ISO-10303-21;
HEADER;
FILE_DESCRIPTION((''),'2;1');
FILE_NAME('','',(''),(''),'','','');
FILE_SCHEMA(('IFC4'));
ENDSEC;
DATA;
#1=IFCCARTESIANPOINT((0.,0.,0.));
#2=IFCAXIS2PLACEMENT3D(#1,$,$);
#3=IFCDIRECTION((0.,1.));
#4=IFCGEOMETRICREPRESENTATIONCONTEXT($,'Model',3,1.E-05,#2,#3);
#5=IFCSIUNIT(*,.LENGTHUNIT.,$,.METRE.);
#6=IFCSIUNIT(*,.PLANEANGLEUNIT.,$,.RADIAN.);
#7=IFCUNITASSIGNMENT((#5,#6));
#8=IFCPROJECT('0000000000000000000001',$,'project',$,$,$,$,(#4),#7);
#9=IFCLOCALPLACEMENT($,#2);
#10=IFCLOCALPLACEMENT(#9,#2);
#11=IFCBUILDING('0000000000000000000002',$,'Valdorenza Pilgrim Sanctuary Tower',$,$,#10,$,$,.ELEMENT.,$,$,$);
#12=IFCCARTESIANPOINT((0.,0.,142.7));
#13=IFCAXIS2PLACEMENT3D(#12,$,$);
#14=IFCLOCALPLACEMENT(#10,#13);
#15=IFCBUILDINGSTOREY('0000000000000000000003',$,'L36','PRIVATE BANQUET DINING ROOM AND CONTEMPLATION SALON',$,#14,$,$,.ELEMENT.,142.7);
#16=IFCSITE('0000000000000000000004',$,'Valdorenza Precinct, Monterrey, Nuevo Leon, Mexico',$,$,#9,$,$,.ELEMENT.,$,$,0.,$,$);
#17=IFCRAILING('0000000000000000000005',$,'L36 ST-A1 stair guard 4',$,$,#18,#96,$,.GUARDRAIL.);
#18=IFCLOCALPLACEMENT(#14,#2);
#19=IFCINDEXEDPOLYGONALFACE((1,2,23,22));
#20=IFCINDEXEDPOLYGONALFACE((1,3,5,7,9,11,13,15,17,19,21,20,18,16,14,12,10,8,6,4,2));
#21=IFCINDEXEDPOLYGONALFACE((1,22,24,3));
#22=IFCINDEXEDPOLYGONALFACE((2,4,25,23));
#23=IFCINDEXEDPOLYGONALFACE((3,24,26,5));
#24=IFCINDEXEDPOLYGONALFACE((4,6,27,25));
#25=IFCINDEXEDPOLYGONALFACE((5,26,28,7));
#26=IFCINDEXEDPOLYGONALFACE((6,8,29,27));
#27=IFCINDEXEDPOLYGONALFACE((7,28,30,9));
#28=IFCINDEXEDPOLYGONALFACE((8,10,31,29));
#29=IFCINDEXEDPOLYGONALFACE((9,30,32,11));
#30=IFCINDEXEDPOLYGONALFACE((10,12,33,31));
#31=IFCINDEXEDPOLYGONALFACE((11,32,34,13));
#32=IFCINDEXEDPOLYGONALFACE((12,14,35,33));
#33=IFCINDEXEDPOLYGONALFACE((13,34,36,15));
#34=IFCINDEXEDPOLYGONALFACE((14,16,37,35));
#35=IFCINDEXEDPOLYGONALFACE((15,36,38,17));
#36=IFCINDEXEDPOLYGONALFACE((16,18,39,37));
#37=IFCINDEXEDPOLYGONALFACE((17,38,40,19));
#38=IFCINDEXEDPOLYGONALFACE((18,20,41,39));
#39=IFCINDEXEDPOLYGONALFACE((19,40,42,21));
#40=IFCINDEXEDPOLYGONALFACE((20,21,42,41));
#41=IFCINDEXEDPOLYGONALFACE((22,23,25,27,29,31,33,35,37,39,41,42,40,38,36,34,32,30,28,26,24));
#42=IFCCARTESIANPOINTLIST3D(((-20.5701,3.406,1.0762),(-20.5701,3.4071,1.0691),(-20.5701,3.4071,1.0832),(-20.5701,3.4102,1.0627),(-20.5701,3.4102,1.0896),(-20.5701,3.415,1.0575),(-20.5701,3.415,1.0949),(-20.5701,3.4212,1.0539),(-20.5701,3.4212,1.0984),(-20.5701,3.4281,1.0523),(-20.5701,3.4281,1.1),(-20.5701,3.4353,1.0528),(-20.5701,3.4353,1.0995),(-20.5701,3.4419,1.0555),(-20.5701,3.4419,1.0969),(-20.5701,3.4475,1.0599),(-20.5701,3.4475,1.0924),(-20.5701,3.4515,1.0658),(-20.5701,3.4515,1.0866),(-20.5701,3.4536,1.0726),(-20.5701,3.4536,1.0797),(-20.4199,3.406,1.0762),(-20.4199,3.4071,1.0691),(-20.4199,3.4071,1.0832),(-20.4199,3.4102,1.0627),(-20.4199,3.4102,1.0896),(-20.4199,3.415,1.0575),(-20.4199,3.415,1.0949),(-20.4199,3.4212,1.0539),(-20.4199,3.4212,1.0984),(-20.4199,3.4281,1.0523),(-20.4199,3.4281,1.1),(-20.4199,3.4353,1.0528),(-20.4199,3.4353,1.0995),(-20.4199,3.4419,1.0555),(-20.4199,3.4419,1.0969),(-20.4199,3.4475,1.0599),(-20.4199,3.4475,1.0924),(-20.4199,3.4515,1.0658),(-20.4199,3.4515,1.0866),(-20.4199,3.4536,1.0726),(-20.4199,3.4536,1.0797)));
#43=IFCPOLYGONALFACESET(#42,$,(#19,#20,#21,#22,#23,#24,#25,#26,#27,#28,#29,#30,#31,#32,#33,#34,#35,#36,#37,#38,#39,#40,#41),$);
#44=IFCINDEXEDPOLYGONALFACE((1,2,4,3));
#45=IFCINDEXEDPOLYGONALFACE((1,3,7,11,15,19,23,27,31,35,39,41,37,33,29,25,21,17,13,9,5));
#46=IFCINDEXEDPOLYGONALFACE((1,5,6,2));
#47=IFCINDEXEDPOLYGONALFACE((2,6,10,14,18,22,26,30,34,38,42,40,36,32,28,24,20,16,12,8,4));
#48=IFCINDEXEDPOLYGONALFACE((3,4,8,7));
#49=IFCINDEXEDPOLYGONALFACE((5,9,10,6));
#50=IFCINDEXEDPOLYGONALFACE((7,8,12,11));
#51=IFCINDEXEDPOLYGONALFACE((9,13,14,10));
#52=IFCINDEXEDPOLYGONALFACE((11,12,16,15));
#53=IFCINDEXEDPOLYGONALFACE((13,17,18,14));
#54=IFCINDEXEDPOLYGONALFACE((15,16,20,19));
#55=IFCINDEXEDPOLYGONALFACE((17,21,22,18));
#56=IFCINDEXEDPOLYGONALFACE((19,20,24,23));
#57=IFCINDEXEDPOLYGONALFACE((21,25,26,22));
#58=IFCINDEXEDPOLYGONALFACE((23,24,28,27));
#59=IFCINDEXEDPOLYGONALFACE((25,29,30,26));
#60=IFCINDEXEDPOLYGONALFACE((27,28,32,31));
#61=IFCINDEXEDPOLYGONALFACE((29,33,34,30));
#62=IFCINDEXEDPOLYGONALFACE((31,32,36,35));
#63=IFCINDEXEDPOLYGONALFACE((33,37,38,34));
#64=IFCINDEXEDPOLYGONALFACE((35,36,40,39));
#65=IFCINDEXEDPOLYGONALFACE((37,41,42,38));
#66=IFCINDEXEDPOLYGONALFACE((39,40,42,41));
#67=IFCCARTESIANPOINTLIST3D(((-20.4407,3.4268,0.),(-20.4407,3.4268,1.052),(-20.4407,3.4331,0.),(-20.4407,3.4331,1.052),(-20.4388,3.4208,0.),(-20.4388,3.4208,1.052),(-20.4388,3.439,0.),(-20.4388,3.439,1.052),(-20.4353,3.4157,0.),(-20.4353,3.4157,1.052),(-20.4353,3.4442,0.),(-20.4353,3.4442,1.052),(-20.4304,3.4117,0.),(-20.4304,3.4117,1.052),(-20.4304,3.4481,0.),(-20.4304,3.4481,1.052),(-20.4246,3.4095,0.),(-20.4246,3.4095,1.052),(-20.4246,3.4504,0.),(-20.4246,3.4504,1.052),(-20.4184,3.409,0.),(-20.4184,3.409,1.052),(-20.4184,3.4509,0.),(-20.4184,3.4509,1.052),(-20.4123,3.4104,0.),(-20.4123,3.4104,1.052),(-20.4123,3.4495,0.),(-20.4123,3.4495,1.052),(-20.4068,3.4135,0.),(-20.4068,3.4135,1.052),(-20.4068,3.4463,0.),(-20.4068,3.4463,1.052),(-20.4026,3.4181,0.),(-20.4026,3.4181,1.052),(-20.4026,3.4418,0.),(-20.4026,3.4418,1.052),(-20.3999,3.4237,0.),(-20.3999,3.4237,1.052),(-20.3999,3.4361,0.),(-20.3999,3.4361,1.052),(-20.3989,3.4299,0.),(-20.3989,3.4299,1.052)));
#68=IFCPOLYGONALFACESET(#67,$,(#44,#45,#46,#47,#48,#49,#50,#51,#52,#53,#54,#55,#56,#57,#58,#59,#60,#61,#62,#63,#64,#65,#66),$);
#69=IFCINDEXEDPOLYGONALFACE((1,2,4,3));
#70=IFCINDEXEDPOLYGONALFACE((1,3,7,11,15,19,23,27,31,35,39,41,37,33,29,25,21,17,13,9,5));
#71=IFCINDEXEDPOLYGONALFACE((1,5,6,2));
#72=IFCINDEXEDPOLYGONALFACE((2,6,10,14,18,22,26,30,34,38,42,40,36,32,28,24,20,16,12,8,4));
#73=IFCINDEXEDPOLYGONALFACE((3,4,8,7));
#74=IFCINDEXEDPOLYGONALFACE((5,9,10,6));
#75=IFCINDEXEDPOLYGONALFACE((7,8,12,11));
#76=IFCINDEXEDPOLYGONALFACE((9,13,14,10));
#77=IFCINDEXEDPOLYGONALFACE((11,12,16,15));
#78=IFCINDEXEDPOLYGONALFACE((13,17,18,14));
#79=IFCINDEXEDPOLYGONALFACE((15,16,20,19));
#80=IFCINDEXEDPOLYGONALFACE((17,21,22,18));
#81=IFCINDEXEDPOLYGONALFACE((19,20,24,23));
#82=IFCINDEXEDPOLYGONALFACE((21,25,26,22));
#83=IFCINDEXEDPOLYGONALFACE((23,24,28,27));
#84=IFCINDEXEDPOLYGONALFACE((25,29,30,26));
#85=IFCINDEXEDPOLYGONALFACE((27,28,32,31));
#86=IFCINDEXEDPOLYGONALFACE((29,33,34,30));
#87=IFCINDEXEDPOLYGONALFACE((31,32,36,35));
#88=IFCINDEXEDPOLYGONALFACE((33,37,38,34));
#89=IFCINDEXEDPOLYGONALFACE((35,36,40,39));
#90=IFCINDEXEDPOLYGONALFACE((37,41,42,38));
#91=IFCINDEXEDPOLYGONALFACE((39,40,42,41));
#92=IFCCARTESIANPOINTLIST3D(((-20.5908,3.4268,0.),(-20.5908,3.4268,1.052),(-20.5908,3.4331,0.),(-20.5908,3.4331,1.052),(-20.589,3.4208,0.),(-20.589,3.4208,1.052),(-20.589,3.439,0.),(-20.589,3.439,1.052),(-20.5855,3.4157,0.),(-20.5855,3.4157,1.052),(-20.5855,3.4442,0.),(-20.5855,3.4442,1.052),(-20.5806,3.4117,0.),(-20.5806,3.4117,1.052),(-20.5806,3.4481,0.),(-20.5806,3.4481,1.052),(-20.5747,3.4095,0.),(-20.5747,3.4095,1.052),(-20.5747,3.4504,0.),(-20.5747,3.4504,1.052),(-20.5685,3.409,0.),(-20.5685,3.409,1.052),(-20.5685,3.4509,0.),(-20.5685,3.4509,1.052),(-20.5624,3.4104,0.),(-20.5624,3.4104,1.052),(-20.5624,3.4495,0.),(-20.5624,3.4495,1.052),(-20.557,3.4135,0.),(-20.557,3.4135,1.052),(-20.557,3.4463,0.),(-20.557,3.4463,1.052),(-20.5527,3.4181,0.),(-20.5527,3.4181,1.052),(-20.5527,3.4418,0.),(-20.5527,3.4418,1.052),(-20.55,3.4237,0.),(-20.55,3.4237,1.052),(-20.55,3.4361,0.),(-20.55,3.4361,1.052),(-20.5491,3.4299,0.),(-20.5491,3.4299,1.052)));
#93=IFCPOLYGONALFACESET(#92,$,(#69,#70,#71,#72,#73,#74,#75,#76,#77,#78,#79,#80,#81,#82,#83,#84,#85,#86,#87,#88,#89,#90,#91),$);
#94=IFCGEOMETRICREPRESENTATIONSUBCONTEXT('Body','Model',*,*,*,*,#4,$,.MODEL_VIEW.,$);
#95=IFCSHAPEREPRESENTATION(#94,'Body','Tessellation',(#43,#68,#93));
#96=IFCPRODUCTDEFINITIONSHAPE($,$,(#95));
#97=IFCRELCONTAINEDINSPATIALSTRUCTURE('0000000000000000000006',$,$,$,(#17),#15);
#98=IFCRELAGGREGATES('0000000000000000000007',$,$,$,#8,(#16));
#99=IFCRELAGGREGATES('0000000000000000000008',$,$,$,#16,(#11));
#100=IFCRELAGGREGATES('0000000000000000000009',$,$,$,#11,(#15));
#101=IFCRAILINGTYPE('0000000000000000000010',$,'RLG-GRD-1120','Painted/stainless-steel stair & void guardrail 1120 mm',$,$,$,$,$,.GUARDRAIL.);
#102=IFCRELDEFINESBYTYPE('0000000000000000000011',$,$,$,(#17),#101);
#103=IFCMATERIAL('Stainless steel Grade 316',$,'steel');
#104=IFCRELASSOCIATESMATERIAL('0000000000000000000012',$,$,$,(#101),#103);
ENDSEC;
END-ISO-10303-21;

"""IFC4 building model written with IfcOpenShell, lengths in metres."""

from ifc_helpers import new_model, si_unit, direction, frame, origin, origin_2d, place, context, subcontext, project, spatial, circle, extrude, material, type_object, element, save


model = new_model("IFC4")

# Units and contexts
model_context = context("Model", 3, precision=1e-05, world=origin(), true_north=direction((0.0, 1.0)))
body_context = subcontext(model_context, "Body", "Model", "MODEL_VIEW")
ifc_project = project(units=[si_unit("LENGTHUNIT", "METRE"), si_unit("PLANEANGLEUNIT", "RADIAN")], contexts=[model_context])

# Site, building, storey
site_placement = place(None, origin())
site = spatial("IfcSite", under=ifc_project, at=site_placement, Name="Valdorenza Precinct, Monterrey, Nuevo Leon, Mexico", CompositionType="ELEMENT", RefElevation=0.0)
building_placement = place(site_placement, origin())
building = spatial("IfcBuilding", under=site, at=building_placement, Name="Valdorenza Pilgrim Sanctuary Tower", CompositionType="ELEMENT")
storey_placement = place(building_placement, frame((0.0, 0.0, 142.7)))
storey = spatial("IfcBuildingStorey", under=building, at=storey_placement, Name="L36", Description="PRIVATE BANQUET DINING ROOM AND CONTEMPLATION SALON", CompositionType="ELEMENT", Elevation=142.7)

# Railing
ifc_material_1 = material(Name="Stainless steel Grade 316", Category="steel")
railing_type_1 = type_object("IfcRailingType", Name="RLG-GRD-1120", Description="Painted/stainless-steel stair & void guardrail 1120 mm", PredefinedType="GUARDRAIL", material=ifc_material_1)
railing_1_placement = place(storey_placement, frame((-20.4199, 3.4299, 0.0)))
element("IfcRailing", 1, at=railing_1_placement, inside=storey, type_object=railing_type_1, Name="L36 ST-A1 stair guard 4", PredefinedType="GUARDRAIL", context=body_context, shape_type="SweptSolid", body=[
    extrude(circle(Radius=0.0239, at=origin_2d()), frame((0.0, 0.0, 1.0762), z_axis=(-1.0, 0.0, 0.0), x_axis=(0.0, -1.0, 0.0)), (0.0, 0.0, 1.0), 0.1501),
    extrude(circle(Radius=0.021, at=origin_2d()), origin(), (0.0, 0.0, 1.0), 1.052),
    extrude(circle(Radius=0.021, at=origin_2d()), frame((-0.1501, 0.0, 0.0)), (0.0, 0.0, 1.0), 1.052),
])

save(model, "model.ifc")
